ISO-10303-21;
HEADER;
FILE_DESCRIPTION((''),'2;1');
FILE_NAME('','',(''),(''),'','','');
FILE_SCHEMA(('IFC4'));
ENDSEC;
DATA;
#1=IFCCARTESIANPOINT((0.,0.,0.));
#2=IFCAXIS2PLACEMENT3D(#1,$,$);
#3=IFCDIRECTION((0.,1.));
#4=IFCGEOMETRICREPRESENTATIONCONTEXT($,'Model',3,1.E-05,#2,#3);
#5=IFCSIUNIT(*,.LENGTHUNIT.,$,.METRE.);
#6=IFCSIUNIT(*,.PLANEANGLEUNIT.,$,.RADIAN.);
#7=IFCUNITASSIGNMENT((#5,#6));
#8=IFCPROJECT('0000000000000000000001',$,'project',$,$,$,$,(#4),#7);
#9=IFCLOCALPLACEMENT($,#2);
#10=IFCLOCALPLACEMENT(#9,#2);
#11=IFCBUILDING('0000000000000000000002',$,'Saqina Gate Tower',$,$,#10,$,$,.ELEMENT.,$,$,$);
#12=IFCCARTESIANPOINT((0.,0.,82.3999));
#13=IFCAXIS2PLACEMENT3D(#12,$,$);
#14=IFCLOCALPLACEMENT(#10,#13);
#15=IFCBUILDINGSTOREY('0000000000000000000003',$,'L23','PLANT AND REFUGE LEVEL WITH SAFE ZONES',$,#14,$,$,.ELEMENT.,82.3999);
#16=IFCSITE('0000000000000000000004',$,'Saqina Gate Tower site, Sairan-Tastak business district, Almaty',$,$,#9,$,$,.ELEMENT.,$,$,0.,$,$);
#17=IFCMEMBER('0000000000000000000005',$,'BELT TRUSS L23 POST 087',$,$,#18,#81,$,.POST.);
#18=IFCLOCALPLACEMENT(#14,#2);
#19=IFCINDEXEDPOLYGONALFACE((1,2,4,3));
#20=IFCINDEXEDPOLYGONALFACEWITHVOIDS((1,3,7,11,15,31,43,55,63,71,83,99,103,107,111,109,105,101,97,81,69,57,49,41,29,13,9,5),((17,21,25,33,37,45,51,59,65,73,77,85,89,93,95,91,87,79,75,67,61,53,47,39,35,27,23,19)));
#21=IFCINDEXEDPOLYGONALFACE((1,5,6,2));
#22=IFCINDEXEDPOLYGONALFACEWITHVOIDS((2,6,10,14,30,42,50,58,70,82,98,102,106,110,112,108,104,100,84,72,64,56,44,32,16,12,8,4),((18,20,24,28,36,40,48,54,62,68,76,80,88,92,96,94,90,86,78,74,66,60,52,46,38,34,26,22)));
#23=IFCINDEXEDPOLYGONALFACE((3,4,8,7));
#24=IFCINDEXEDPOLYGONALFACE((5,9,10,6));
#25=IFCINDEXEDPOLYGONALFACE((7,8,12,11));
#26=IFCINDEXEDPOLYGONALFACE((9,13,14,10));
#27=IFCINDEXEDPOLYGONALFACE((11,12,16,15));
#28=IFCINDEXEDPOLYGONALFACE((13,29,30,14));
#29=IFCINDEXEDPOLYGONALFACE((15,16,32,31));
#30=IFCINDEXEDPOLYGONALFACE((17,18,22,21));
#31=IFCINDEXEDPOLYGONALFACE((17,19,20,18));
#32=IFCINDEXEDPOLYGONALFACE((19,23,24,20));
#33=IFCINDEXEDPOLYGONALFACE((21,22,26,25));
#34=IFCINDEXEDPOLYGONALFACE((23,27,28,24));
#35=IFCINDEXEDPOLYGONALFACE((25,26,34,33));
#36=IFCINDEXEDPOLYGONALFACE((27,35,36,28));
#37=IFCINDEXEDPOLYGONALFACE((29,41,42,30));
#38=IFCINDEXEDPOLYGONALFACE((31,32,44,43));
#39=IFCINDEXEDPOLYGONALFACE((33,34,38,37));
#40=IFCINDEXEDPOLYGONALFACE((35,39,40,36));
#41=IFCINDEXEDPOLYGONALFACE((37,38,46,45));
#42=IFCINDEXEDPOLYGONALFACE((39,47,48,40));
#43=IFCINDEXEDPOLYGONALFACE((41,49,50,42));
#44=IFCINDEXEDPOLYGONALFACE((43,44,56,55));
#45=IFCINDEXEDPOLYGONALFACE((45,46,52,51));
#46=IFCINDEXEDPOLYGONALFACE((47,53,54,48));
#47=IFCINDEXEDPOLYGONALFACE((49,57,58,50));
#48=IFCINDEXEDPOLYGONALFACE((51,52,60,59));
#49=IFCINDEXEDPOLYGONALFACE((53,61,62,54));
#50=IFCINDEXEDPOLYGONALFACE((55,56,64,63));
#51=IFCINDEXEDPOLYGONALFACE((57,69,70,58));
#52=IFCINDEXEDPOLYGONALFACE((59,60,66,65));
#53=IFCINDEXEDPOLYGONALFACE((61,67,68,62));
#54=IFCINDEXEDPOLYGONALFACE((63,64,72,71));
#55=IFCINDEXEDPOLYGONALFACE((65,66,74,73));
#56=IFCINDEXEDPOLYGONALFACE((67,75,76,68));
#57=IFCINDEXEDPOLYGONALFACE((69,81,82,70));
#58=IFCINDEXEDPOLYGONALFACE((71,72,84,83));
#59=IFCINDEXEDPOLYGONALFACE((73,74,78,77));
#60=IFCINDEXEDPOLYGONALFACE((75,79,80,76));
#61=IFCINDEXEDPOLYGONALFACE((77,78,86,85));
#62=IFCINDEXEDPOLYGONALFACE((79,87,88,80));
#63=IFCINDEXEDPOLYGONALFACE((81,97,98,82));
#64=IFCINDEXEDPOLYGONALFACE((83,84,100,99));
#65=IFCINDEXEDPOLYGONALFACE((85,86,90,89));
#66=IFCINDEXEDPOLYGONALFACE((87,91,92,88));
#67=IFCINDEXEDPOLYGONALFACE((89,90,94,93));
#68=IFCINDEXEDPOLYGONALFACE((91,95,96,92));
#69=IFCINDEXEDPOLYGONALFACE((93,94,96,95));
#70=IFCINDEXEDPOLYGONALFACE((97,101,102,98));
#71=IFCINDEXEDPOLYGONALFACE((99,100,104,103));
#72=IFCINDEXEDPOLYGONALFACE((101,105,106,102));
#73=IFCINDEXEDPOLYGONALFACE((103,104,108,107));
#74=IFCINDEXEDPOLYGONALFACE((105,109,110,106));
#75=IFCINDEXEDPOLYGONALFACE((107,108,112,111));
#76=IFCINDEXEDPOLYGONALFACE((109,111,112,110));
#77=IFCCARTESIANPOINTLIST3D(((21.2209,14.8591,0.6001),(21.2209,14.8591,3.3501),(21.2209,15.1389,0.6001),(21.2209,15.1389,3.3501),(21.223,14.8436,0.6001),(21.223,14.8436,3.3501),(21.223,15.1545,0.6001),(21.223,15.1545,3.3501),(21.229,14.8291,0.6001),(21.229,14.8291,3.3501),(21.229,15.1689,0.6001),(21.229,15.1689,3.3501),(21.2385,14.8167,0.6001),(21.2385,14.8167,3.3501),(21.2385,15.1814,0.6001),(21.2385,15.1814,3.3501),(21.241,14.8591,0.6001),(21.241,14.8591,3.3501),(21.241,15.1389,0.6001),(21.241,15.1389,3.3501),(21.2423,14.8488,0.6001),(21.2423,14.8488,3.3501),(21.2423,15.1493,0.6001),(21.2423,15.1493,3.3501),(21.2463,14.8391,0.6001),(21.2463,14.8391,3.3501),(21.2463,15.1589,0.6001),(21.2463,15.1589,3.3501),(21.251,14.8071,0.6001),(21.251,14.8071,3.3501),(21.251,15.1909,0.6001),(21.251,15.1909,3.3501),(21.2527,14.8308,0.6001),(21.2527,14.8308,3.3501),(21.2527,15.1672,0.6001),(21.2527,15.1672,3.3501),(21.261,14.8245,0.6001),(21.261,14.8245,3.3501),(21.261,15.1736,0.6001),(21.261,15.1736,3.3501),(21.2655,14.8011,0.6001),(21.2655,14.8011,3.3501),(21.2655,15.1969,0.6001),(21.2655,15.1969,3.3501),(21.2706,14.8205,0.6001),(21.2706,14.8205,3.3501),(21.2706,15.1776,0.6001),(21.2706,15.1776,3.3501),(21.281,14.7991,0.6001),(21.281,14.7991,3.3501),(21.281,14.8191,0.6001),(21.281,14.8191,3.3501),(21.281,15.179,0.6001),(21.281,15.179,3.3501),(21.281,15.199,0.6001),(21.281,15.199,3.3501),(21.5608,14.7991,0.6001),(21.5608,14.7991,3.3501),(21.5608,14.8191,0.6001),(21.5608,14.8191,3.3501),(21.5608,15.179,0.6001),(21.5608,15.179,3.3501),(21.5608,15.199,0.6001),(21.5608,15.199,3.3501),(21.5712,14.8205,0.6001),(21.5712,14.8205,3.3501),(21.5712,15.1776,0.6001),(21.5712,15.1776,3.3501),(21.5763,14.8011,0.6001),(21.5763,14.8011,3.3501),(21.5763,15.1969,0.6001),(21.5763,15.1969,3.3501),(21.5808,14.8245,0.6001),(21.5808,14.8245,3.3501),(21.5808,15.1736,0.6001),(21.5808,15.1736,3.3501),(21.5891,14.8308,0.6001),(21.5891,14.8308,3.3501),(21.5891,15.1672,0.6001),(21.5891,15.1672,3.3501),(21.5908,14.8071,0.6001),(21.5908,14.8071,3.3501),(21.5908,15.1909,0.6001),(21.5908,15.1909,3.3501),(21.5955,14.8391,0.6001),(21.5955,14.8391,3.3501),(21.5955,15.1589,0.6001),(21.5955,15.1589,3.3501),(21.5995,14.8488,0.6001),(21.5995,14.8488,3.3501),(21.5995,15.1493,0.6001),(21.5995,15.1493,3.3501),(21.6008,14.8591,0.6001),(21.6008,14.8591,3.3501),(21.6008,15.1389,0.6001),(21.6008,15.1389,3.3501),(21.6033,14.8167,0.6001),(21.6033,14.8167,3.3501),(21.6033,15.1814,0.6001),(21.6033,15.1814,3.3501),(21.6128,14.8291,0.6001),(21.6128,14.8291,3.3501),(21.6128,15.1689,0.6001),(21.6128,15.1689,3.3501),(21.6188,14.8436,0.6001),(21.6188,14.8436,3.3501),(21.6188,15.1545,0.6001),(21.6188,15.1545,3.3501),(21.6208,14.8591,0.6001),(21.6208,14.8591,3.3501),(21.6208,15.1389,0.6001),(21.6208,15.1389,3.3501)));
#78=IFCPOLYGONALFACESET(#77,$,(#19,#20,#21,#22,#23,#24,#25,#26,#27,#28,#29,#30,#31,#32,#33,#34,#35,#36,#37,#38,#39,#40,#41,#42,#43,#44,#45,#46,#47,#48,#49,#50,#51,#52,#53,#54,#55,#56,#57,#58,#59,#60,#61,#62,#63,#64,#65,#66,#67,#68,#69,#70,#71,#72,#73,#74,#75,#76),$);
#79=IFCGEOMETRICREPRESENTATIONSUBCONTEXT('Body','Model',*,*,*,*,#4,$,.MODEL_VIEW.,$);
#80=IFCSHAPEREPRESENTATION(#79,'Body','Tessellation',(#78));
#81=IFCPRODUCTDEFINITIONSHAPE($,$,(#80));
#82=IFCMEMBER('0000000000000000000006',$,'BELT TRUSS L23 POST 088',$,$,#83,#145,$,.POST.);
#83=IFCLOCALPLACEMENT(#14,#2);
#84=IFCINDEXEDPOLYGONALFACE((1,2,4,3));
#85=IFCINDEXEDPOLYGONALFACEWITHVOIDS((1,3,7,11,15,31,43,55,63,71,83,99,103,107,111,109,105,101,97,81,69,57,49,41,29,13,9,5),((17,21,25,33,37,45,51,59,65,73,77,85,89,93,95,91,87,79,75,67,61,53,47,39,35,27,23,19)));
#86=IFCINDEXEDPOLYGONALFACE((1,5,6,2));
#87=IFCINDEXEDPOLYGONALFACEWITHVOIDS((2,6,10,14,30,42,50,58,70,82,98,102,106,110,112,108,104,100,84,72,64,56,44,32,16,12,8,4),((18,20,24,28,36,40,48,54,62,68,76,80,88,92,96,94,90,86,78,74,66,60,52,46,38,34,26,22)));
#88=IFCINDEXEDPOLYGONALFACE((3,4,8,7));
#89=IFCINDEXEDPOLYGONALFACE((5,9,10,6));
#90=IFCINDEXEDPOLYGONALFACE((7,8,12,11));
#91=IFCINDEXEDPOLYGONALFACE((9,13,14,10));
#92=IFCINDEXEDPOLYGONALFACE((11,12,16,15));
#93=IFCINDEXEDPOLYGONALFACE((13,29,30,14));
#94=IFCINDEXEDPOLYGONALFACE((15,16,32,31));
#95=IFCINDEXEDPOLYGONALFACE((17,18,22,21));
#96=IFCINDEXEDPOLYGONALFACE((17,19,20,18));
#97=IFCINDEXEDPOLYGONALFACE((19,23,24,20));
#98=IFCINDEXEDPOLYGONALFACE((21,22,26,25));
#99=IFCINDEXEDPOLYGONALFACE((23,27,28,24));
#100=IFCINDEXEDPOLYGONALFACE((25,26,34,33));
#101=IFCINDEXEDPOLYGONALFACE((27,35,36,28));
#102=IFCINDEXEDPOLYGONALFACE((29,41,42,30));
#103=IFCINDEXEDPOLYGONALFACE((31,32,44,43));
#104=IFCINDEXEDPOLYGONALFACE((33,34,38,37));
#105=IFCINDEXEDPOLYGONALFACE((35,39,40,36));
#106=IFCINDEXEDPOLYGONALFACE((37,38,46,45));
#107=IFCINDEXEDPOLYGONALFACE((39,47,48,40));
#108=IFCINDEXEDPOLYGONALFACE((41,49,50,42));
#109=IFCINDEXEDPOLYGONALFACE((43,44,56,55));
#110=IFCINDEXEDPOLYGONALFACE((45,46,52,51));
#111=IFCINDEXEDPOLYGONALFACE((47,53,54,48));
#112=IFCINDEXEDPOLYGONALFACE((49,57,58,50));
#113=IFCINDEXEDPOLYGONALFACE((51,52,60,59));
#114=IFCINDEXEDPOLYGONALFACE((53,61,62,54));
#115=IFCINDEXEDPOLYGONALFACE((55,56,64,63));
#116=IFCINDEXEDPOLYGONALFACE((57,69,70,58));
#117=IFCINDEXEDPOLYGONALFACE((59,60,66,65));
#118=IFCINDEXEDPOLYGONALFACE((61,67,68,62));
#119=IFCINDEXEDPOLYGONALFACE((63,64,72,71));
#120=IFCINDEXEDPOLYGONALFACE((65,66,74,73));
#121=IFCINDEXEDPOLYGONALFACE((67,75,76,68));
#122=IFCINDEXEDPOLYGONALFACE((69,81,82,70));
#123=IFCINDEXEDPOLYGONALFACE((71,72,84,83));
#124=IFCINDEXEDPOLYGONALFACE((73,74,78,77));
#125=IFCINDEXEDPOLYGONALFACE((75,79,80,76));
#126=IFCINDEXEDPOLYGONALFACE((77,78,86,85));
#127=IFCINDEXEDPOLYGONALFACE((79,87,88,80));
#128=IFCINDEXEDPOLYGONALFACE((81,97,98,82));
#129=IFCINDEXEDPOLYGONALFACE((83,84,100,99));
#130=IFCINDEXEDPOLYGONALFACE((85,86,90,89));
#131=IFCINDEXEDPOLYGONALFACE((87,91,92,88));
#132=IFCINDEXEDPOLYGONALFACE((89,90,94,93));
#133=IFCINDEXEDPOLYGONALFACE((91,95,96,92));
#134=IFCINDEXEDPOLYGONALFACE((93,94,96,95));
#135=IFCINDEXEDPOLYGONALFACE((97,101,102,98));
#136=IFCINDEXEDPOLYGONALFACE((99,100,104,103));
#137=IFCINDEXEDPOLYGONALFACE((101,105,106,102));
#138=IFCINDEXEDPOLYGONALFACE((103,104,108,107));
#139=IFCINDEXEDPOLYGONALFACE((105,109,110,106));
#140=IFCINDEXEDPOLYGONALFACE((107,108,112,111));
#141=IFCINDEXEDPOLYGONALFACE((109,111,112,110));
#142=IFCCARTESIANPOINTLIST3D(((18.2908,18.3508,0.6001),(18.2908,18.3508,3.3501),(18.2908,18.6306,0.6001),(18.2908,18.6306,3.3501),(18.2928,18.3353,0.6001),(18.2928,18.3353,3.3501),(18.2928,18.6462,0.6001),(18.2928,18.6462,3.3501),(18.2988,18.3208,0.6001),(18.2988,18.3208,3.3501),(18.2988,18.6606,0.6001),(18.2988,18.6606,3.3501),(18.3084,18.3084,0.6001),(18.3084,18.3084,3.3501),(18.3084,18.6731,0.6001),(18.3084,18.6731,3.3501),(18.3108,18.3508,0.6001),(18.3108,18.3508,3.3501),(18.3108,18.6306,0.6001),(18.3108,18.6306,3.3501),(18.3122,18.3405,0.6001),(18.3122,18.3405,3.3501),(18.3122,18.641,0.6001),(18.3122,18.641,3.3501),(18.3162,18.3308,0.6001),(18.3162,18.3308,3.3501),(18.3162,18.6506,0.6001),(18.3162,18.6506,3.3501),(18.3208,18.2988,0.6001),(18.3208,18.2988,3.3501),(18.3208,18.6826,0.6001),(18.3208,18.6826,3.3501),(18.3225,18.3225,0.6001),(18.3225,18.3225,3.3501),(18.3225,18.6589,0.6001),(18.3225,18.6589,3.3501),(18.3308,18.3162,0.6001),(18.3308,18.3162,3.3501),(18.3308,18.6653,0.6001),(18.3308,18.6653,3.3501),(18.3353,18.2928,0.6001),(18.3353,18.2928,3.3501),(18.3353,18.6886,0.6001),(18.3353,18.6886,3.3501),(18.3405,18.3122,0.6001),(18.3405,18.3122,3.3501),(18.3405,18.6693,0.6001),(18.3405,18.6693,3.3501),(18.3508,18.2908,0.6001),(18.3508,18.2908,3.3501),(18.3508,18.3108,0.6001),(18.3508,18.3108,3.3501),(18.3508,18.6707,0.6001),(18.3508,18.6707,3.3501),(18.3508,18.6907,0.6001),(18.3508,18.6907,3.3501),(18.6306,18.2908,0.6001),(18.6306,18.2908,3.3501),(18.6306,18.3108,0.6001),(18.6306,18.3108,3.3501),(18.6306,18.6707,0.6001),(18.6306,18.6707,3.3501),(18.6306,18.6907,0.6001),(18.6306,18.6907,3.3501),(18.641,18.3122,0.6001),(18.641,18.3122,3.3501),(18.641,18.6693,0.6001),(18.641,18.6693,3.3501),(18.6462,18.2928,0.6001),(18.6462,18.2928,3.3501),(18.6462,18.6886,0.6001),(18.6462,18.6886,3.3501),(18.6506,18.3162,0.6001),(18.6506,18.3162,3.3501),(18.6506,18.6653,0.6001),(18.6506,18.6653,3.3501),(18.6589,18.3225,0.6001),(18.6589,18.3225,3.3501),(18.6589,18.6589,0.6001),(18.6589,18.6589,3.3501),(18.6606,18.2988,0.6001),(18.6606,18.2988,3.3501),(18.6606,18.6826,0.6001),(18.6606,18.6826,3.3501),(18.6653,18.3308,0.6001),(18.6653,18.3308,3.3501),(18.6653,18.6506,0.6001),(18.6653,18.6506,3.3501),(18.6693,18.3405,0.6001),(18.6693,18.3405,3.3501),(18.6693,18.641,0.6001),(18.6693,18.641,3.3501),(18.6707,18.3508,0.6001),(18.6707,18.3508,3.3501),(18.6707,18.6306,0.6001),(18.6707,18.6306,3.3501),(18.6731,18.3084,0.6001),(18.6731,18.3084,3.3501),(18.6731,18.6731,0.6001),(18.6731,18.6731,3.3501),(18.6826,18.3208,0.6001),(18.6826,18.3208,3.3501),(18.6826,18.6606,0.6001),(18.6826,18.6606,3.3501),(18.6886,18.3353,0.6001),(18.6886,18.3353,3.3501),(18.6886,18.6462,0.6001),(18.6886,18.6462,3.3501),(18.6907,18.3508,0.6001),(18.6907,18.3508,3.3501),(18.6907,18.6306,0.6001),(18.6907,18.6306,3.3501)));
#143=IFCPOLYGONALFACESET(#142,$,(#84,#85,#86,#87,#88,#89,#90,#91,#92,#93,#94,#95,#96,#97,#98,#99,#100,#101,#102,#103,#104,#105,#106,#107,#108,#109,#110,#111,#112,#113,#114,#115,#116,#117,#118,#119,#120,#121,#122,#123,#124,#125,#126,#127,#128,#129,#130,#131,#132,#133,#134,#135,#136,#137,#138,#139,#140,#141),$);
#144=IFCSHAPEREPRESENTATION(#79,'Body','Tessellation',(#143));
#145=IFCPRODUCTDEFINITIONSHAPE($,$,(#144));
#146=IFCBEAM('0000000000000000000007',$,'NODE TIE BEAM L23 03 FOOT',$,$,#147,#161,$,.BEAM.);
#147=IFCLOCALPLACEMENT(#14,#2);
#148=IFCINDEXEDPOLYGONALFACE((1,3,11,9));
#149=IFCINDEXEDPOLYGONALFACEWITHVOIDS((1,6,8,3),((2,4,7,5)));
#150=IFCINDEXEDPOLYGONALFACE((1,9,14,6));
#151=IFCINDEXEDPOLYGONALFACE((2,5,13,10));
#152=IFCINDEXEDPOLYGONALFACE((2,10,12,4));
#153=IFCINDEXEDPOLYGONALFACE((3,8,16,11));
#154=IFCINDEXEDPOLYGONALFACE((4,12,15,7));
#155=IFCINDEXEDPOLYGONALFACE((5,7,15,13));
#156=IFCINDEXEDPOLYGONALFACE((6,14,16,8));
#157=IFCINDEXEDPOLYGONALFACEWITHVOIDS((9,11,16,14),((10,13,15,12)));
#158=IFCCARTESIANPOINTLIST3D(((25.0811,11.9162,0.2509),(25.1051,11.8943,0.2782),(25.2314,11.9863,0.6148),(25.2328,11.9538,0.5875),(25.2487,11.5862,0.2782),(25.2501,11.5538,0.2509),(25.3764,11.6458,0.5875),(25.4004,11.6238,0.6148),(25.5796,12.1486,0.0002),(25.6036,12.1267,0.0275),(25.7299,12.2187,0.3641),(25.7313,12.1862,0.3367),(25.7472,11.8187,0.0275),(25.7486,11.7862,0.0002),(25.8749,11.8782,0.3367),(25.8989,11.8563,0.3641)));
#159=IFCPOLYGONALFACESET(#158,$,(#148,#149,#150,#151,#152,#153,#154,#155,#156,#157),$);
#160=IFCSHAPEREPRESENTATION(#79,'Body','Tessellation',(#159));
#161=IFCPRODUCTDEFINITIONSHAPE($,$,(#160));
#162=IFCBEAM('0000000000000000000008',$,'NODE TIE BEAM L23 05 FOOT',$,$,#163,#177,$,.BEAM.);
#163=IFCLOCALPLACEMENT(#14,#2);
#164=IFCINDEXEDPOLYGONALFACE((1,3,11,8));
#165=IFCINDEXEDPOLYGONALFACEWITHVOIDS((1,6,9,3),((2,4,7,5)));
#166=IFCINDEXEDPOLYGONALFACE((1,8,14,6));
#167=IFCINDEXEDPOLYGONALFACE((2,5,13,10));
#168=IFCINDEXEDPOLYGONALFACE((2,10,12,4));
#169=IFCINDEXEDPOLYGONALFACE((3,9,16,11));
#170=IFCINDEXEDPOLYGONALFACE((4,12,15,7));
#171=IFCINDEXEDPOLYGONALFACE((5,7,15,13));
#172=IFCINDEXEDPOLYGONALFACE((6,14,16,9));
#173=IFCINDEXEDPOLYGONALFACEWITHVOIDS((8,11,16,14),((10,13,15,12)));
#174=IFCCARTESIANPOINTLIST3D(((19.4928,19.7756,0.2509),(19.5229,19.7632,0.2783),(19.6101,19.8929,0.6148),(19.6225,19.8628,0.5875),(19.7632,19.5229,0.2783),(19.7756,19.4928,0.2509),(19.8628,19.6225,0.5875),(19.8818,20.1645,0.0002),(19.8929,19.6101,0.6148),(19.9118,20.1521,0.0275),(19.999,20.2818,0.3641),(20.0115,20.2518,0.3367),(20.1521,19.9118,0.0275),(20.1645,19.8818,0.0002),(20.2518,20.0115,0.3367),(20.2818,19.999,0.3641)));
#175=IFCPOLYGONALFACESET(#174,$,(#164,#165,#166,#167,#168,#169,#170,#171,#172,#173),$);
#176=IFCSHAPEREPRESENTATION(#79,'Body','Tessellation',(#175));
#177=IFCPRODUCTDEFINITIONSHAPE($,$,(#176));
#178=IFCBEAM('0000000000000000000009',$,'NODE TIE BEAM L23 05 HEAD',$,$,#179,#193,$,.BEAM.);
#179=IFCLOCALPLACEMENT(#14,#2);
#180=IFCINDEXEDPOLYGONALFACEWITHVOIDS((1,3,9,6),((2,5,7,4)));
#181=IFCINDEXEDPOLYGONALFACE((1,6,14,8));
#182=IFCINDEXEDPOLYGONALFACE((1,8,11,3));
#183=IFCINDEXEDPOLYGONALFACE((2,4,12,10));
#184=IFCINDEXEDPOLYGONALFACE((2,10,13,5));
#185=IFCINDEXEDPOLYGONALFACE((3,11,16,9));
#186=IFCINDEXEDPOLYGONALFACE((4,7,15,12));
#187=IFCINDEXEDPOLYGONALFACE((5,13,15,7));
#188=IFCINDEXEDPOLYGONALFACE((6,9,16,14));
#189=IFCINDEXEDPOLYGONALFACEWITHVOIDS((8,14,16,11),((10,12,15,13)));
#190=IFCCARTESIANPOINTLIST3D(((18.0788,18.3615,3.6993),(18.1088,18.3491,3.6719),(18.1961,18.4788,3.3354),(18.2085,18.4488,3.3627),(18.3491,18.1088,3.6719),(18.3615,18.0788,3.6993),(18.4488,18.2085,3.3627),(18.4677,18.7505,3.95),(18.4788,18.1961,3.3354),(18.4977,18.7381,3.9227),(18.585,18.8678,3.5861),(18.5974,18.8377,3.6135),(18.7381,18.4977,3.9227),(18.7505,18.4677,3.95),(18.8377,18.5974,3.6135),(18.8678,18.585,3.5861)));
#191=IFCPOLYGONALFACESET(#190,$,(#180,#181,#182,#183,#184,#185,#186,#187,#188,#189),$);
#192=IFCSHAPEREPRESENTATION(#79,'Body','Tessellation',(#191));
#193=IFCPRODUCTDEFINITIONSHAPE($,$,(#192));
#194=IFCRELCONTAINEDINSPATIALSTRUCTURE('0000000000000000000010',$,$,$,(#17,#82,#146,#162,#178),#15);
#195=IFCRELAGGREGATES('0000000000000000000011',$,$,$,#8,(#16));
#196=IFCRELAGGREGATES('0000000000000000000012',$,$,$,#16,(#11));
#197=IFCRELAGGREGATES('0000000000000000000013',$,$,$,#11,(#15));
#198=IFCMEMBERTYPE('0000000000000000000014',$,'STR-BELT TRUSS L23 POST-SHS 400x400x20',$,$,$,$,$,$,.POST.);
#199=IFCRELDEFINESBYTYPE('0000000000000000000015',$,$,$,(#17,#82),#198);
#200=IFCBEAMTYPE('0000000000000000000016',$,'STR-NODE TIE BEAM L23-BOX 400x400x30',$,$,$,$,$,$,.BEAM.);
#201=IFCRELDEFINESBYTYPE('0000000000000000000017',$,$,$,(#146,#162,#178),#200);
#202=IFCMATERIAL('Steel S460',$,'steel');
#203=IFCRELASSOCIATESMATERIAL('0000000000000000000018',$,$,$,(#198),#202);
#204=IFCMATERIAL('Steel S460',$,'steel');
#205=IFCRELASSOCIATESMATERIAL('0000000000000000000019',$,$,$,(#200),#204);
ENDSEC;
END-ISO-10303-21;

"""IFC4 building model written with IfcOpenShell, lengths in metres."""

from ifc_helpers import new_model, si_unit, direction, frame, origin, origin_2d, place, context, subcontext, project, spatial, hollow_rectangle, extrude, material, material_profile, profile_set, type_object, element, save


model = new_model("IFC4")

# Units and contexts
model_context = context("Model", 3, precision=1e-05, world=origin(), true_north=direction((0.0, 1.0)))
body_context = subcontext(model_context, "Body", "Model", "MODEL_VIEW")
ifc_project = project(units=[si_unit("LENGTHUNIT", "METRE"), si_unit("PLANEANGLEUNIT", "RADIAN")], contexts=[model_context])

# Site, building, storey
site_placement = place(None, origin())
site = spatial("IfcSite", under=ifc_project, at=site_placement, Name="Saqina Gate Tower site, Sairan-Tastak business district, Almaty", CompositionType="ELEMENT", RefElevation=0.0)
building_placement = place(site_placement, origin())
building = spatial("IfcBuilding", under=site, at=building_placement, Name="Saqina Gate Tower", CompositionType="ELEMENT")
storey_placement = place(building_placement, frame((0.0, 0.0, 82.3999)))
storey = spatial("IfcBuildingStorey", under=building, at=storey_placement, Name="L23", Description="PLANT AND REFUGE LEVEL WITH SAFE ZONES", CompositionType="ELEMENT", Elevation=82.3999)

# Members
ifc_material_1 = material(Name="Steel S460", Category="steel")
ifc_material_profile_1 = material_profile(ifc_material_1, hollow_rectangle(XDim=0.3999, YDim=0.3999, WallThickness=0.02, InnerFilletRadius=0.04, OuterFilletRadius=0.0601, at=origin_2d()), Name="SHS 400x400x20")
ifc_profile_set_1 = profile_set([ifc_material_profile_1], Name="Steel S460")
member_type_1 = type_object("IfcMemberType", Name="STR-BELT TRUSS L23 POST-SHS 400x400x20", PredefinedType="POST", material=ifc_profile_set_1)
for number, where, z_axis, x_axis, name in (
    (1, (21.4209, 14.999, 0.6001), (0.0, 0.0, 1.0), (1.0, 0.0, 0.0), "BELT TRUSS L23 POST 087"),
    (2, (18.4907, 18.4907, 0.6001), (0.0, 0.0, 1.0), (1.0, 0.0, 0.0), "BELT TRUSS L23 POST 088"),
):
    element("IfcMember", number, at=place(storey_placement, frame(where, z_axis=z_axis, x_axis=x_axis)), inside=storey, type_object=member_type_1, Name=name, PredefinedType="POST", context=body_context, shape_type="SweptSolid", body=[
        extrude(hollow_rectangle(XDim=0.3999, YDim=0.3999, WallThickness=0.02, InnerFilletRadius=0.04, OuterFilletRadius=0.0601, at=origin_2d()), origin(), (0.0, 0.0, 1.0), 2.75),
    ])

# Beams
ifc_material_2 = material(Name="Steel S460", Category="steel")
ifc_material_profile_2 = material_profile(ifc_material_2, hollow_rectangle(XDim=0.3999, YDim=0.3999, WallThickness=0.03, at=origin_2d()), Name="BOX 400x400x30")
ifc_profile_set_2 = profile_set([ifc_material_profile_2], Name="Steel S460")
beam_type = type_object("IfcBeamType", Name="STR-NODE TIE BEAM L23-BOX 400x400x30", PredefinedType="BEAM", material=ifc_profile_set_2)
for number, where, z_axis, x_axis, name in (
    (3, (25.7393, 12.0024, 0.1821), (-0.824702, -0.384484, 0.414774), (0.422545, -0.906342, 0.0), "NODE TIE BEAM L23 03 FOOT"),
    (4, (20.0818, 20.0818, 0.1821), (-0.643405, -0.643405, 0.4148), (0.707107, -0.707107, 0.0), "NODE TIE BEAM L23 05 FOOT"),
    (5, (18.2788, 18.2788, 3.5173), (0.643405, 0.643405, 0.4148), (-0.707107, 0.707107, 0.0), "NODE TIE BEAM L23 05 HEAD"),
):
    element("IfcBeam", number, at=place(storey_placement, frame(where, z_axis=z_axis, x_axis=x_axis)), inside=storey, type_object=beam_type, Name=name, PredefinedType="BEAM", context=body_context, shape_type="SweptSolid", body=[
        extrude(hollow_rectangle(XDim=0.3999, YDim=0.3999, WallThickness=0.03, at=origin_2d()), origin(), (0.0, 0.0, 1.0), 0.6045),
    ])

save(model, "model.ifc")
